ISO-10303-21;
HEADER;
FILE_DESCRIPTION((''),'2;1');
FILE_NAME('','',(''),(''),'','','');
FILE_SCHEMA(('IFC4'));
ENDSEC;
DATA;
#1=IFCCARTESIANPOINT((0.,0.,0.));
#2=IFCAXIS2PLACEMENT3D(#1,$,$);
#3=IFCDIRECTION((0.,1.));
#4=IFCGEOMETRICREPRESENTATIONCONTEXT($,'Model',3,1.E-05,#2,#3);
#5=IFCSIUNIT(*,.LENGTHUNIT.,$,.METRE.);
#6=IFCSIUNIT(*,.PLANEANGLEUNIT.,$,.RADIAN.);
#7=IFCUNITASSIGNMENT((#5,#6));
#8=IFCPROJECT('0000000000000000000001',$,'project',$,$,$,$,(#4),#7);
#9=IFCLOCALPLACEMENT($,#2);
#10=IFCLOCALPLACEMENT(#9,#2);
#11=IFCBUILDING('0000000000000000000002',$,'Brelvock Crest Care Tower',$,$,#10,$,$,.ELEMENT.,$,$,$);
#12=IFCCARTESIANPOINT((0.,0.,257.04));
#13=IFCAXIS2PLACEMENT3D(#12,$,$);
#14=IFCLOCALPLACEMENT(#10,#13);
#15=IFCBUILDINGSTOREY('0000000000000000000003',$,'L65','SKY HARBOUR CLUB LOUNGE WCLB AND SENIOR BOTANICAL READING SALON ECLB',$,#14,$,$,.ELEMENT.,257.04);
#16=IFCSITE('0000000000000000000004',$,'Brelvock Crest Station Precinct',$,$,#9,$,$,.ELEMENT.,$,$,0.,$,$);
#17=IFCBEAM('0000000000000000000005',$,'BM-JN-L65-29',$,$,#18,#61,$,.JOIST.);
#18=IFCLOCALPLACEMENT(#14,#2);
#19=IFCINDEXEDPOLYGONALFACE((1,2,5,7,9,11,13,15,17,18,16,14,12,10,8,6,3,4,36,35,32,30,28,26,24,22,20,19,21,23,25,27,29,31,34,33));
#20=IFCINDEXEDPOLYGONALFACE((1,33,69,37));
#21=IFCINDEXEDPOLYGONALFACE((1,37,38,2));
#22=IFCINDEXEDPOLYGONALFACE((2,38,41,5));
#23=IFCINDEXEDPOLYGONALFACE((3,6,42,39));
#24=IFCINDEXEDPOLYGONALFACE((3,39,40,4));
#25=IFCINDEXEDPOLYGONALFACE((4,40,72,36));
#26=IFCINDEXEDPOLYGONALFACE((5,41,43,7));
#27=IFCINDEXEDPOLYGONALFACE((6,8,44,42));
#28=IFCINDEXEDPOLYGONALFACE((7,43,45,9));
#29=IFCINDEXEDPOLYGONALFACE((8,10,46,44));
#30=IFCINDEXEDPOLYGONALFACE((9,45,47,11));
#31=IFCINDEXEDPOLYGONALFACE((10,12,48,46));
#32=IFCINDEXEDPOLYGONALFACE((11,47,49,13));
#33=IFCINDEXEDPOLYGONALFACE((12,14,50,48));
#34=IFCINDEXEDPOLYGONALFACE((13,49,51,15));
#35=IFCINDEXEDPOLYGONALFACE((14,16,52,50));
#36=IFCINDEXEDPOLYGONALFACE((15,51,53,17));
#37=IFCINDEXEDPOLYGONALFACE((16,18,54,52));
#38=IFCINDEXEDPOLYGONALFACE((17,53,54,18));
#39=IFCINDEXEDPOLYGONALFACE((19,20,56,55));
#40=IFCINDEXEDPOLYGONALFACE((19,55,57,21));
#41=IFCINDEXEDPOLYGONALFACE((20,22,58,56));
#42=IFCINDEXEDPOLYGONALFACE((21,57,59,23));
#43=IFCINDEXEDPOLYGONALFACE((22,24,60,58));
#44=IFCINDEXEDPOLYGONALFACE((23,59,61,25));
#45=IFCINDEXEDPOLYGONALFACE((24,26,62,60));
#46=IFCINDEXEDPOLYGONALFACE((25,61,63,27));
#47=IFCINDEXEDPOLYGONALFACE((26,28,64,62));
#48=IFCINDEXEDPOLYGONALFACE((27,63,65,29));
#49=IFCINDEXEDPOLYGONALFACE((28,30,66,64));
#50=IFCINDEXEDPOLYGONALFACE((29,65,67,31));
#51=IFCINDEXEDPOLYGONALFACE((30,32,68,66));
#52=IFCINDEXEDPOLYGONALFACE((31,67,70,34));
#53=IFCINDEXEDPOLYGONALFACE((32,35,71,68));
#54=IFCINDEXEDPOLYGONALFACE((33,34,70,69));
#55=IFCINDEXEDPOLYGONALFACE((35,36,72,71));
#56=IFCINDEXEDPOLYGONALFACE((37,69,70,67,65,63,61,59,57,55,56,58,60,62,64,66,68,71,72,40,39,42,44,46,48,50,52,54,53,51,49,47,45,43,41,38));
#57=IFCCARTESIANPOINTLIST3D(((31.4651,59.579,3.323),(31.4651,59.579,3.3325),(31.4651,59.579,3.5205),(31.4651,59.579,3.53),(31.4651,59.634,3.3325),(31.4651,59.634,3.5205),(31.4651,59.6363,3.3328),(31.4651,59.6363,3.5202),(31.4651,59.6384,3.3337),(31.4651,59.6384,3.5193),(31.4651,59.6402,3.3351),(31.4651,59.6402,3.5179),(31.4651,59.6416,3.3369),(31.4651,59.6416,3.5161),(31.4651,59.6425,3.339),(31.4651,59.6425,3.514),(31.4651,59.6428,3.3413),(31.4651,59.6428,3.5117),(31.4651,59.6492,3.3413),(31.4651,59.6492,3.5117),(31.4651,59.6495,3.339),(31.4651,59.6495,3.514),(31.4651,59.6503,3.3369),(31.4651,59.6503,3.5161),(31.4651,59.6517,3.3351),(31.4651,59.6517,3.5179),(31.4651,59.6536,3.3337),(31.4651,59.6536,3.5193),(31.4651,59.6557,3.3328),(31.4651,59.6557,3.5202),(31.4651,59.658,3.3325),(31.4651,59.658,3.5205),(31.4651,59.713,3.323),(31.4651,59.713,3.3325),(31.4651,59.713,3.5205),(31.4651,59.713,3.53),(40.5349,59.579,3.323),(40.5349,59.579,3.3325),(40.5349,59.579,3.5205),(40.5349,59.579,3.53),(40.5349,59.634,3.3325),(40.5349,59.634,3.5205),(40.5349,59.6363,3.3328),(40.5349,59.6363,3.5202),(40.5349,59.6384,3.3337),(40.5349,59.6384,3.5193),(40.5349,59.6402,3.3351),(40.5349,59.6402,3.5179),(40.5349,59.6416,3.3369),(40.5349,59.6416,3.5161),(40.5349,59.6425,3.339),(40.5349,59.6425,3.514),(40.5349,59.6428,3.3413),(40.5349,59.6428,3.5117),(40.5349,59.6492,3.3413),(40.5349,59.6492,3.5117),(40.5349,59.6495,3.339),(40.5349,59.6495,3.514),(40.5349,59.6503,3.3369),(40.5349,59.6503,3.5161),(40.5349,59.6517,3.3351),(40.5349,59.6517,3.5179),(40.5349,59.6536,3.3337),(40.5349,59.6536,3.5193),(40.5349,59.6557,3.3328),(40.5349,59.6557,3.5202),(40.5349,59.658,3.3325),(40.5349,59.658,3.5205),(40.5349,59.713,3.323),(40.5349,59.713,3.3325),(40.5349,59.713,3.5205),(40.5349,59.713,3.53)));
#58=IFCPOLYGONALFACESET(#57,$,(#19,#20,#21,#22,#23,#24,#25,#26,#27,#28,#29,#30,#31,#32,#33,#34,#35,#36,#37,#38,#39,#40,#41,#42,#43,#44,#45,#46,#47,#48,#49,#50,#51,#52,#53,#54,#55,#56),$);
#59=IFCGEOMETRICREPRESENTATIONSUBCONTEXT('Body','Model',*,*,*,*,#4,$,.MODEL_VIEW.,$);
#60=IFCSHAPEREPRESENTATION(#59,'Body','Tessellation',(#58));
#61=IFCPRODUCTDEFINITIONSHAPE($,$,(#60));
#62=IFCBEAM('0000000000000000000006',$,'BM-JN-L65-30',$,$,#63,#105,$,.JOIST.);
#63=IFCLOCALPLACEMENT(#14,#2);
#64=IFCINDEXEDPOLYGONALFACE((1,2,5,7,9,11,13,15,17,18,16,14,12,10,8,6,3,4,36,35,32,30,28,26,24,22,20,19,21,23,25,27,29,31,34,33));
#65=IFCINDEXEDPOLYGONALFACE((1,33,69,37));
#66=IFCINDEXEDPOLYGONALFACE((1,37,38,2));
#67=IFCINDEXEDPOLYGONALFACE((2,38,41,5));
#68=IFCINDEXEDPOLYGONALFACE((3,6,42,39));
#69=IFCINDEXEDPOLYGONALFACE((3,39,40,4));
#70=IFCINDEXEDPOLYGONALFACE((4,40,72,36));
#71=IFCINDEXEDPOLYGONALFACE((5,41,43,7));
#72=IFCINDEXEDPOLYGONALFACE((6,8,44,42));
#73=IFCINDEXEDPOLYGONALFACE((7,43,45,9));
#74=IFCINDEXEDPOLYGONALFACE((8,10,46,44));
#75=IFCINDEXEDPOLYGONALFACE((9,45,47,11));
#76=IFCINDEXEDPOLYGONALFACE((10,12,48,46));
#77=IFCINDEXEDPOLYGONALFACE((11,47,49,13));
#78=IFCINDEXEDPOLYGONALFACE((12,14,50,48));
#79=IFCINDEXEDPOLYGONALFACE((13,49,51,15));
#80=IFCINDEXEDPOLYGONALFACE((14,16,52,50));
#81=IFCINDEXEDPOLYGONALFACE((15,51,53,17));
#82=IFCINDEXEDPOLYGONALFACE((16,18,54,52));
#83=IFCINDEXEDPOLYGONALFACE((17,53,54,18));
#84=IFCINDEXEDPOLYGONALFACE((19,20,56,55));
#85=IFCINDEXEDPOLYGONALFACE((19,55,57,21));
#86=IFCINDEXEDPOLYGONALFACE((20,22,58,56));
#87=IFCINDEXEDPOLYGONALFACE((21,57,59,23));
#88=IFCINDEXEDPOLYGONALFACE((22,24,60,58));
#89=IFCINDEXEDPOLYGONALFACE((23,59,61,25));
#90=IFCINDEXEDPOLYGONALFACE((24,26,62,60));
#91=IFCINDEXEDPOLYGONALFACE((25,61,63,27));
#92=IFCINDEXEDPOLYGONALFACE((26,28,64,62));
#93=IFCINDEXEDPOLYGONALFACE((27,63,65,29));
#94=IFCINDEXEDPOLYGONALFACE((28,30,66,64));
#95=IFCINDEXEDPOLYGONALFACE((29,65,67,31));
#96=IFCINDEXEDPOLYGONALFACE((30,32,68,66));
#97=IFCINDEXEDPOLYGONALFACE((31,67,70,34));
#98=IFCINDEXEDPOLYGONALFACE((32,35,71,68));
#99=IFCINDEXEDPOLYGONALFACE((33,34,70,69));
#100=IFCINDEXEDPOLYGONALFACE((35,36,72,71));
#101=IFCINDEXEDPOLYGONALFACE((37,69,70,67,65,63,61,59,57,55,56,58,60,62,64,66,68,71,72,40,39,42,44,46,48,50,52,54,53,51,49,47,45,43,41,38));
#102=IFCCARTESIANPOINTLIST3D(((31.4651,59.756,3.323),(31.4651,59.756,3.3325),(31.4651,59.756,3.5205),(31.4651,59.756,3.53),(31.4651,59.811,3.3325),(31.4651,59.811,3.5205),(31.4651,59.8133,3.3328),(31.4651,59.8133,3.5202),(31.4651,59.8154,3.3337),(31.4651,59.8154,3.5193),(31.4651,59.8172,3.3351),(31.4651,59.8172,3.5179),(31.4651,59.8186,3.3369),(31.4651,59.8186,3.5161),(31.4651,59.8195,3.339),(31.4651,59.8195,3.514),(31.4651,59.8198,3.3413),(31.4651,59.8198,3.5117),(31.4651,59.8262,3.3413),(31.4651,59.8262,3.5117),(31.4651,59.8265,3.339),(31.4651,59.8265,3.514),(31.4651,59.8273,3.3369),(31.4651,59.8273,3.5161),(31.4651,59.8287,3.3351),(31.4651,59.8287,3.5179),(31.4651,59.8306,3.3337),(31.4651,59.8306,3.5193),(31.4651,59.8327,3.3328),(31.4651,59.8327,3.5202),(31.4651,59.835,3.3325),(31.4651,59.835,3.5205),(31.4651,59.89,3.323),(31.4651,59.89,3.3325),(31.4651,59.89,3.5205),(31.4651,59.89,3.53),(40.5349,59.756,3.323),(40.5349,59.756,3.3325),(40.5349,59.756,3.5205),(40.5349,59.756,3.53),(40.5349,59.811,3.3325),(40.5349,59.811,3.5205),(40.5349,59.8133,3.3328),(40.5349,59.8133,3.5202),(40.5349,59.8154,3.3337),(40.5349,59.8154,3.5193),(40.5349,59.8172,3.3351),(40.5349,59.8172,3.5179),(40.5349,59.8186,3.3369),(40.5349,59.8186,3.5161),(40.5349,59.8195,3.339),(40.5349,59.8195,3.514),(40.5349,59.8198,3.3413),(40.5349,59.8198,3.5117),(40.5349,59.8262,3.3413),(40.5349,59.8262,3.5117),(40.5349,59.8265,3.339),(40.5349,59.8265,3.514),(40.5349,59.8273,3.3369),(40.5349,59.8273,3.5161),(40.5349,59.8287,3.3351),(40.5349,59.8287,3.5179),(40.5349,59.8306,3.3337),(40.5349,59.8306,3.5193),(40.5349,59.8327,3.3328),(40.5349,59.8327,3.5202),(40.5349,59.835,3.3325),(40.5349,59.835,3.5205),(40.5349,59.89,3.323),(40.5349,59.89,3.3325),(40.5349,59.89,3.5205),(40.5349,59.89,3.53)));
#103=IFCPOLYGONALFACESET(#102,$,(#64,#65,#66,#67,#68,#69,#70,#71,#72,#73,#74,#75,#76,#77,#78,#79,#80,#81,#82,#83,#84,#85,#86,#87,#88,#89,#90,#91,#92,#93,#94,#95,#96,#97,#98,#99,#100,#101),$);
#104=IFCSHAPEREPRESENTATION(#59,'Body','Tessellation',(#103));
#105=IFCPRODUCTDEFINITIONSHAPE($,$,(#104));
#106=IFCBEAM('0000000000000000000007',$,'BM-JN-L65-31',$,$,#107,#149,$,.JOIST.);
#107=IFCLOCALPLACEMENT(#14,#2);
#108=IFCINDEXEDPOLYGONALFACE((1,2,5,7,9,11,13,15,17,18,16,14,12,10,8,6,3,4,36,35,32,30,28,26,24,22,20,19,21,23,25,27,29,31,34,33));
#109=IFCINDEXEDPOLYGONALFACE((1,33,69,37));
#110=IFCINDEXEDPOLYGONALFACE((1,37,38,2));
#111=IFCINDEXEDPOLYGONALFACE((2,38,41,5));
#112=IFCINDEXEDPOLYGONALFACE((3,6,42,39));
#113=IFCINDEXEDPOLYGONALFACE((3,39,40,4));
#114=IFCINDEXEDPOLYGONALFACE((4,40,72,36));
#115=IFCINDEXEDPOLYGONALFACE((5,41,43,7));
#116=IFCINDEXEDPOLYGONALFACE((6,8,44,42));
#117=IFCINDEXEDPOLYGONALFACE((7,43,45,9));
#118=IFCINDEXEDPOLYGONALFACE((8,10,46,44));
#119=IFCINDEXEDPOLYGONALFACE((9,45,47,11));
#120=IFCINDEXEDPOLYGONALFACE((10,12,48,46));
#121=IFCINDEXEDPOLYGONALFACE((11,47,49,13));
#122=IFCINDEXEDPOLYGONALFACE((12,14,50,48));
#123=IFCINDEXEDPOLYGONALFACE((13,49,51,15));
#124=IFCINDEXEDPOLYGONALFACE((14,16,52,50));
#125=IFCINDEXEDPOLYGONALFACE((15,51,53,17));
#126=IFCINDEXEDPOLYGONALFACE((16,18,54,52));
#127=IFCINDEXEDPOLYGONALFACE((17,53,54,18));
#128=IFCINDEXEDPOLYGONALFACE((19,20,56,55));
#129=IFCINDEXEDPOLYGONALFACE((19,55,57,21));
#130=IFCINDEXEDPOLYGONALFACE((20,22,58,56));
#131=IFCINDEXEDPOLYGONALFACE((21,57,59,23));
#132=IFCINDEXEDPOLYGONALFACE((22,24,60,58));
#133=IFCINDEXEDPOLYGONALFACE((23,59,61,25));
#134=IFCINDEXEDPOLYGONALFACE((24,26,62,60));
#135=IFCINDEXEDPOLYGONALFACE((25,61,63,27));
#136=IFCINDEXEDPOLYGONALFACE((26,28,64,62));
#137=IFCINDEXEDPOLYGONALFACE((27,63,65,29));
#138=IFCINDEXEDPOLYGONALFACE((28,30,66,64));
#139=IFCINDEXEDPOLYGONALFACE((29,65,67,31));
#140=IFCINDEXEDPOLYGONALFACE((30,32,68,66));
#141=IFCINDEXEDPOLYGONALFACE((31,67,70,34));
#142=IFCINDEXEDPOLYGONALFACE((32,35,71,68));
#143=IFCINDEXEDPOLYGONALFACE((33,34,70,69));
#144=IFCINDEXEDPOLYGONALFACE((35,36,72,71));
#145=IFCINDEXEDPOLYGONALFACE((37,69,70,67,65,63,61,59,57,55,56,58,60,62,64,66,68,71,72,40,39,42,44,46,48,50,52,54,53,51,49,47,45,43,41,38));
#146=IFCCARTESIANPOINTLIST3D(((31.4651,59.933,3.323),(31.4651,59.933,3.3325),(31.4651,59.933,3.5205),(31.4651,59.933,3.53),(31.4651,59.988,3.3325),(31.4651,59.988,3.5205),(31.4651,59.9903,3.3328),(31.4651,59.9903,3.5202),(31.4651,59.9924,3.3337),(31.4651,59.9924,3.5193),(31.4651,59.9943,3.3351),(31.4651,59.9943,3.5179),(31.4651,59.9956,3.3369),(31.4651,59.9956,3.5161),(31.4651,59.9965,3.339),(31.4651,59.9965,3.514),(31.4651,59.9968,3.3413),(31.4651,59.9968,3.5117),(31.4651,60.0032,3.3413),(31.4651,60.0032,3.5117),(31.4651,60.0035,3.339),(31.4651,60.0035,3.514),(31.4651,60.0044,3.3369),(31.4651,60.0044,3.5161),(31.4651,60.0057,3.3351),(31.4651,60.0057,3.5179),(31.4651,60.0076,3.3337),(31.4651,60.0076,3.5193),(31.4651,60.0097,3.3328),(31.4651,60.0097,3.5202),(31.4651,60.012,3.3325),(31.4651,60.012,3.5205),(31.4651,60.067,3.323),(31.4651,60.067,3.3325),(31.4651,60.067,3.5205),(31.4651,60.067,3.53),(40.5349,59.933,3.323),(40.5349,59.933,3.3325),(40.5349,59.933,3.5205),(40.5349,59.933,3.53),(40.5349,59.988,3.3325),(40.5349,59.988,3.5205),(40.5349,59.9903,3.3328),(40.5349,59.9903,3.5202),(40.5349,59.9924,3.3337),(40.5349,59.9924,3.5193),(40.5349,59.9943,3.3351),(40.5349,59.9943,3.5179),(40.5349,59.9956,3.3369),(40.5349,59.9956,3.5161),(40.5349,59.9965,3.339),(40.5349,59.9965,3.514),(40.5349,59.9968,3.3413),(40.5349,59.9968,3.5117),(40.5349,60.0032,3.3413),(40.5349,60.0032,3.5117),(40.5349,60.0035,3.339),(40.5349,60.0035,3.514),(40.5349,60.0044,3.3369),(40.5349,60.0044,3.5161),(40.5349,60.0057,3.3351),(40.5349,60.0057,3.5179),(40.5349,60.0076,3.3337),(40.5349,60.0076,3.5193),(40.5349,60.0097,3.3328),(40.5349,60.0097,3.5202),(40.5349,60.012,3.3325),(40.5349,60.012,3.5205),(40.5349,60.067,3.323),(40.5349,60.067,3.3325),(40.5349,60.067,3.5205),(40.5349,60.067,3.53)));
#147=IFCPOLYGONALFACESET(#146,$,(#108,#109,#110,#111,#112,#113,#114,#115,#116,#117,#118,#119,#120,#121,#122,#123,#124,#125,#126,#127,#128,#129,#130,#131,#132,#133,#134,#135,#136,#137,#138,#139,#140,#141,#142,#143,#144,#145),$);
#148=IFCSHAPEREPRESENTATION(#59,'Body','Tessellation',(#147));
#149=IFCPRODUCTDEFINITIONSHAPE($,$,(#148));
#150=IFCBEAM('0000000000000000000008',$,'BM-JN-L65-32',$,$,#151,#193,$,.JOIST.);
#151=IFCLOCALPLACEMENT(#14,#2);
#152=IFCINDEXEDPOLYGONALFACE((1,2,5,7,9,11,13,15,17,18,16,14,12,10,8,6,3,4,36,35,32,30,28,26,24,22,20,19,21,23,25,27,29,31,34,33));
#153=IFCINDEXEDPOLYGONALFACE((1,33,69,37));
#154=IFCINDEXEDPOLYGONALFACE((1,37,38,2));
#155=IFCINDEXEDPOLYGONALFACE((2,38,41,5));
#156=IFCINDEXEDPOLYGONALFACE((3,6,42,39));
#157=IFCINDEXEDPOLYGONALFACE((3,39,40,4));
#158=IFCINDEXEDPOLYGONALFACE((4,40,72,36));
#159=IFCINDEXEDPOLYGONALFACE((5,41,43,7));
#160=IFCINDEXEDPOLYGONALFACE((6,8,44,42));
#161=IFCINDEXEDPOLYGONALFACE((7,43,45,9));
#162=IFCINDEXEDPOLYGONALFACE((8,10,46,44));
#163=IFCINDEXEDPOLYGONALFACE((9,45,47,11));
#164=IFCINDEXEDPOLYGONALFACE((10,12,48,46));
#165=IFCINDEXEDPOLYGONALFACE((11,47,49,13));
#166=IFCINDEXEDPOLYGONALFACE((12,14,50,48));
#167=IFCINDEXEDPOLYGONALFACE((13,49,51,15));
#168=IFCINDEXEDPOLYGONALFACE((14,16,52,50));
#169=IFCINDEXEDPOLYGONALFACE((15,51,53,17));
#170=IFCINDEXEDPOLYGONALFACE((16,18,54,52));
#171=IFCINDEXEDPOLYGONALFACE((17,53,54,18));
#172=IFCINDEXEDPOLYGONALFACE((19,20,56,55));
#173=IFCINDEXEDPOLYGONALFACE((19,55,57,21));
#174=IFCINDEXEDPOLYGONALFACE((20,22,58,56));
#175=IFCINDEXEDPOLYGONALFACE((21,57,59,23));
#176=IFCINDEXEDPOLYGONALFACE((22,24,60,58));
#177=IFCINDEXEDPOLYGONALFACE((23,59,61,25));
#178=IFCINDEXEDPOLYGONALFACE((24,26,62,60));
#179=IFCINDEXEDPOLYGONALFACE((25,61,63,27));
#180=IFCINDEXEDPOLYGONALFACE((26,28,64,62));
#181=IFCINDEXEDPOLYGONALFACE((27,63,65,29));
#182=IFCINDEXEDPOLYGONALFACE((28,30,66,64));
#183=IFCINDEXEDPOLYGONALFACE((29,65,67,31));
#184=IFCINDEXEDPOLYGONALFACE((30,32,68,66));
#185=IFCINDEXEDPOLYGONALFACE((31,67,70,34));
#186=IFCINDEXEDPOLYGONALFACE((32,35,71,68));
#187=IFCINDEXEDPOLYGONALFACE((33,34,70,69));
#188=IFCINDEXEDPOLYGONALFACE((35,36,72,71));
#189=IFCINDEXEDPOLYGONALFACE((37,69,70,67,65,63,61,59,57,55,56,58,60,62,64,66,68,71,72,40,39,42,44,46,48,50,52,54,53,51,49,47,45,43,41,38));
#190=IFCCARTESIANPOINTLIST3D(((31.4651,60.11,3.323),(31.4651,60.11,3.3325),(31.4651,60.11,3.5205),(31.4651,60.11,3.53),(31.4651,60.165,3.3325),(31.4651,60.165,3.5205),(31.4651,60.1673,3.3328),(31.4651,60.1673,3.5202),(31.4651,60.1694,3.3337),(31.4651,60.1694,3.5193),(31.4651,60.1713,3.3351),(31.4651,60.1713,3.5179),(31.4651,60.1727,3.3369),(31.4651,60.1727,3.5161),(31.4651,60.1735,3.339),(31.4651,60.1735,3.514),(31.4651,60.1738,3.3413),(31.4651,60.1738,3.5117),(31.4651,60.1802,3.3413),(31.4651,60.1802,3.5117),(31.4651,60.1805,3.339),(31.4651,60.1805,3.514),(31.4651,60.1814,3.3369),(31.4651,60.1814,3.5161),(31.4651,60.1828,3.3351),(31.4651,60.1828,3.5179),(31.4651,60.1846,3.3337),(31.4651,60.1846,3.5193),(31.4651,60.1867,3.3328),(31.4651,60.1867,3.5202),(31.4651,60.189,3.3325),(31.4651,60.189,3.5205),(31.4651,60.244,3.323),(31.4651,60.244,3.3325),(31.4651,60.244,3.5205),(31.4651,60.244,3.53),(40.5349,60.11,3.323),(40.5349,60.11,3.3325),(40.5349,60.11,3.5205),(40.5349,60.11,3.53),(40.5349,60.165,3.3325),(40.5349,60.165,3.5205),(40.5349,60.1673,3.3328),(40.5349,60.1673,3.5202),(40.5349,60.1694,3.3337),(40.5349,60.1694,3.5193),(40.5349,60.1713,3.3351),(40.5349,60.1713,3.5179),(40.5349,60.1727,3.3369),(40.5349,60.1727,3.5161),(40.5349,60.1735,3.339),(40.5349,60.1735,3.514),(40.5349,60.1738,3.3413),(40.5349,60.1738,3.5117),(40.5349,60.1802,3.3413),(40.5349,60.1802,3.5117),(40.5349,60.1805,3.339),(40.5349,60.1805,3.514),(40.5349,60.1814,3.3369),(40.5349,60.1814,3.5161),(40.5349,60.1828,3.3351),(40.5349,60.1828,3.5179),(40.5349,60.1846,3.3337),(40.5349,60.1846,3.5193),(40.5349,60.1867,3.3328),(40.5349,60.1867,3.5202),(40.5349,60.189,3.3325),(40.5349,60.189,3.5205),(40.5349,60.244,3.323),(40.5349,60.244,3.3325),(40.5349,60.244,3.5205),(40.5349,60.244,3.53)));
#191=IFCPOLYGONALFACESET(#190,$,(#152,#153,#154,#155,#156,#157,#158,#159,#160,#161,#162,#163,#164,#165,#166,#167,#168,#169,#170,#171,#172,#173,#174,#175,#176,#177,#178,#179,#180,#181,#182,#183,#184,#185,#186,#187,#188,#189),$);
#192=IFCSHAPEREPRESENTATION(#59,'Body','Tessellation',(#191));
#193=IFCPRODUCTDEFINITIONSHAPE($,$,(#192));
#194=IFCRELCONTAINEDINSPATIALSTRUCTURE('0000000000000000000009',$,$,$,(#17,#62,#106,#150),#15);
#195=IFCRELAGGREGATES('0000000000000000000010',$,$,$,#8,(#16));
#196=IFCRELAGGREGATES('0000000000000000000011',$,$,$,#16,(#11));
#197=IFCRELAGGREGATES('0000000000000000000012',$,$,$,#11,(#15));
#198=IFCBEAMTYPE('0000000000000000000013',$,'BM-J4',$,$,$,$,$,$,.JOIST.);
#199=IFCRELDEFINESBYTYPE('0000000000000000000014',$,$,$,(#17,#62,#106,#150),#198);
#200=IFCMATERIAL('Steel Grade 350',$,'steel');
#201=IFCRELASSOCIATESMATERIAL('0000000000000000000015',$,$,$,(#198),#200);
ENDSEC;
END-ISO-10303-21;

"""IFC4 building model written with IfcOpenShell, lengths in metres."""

from ifc_helpers import new_model, si_unit, direction, frame, origin, origin_2d, place, context, subcontext, project, spatial, i_section, extrude, source, transform, mapped, material, material_profile, profile_set, type_object, element, save


model = new_model("IFC4")

# Units and contexts
model_context = context("Model", 3, precision=1e-05, world=origin(), true_north=direction((0.0, 1.0)))
body_context = subcontext(model_context, "Body", "Model", "MODEL_VIEW")
ifc_project = project(units=[si_unit("LENGTHUNIT", "METRE"), si_unit("PLANEANGLEUNIT", "RADIAN")], contexts=[model_context])

# Site, building, storey
site_placement = place(None, origin())
site = spatial("IfcSite", under=ifc_project, at=site_placement, Name="Brelvock Crest Station Precinct", CompositionType="ELEMENT", RefElevation=0.0)
building_placement = place(site_placement, origin())
building = spatial("IfcBuilding", under=site, at=building_placement, Name="Brelvock Crest Care Tower", CompositionType="ELEMENT")
storey_placement = place(building_placement, frame((0.0, 0.0, 257.04)))
storey = spatial("IfcBuildingStorey", under=building, at=storey_placement, Name="L65", Description="SKY HARBOUR CLUB LOUNGE WCLB AND SENIOR BOTANICAL READING SALON ECLB", CompositionType="ELEMENT", Elevation=257.04)

# Shared definitions
ifc_material_1 = material(Name="Steel Grade 350", Category="steel")

# Beams
ifc_material_profile_1 = material_profile(ifc_material_1, i_section(OverallWidth=0.134, OverallDepth=0.207, WebThickness=0.0063, FlangeThickness=0.0095, FilletRadius=0.0088, at=origin_2d()), Name="200UB29.8")
ifc_profile_set_1 = profile_set([ifc_material_profile_1], Name="Steel Grade 350")
beam_type_1 = type_object("IfcBeamType", Name="BM-J4", PredefinedType="JOIST", material=ifc_profile_set_1)
shared_shape_1 = source(origin(), body_context, "Body", "SweptSolid", [
    extrude(i_section(OverallWidth=0.134, OverallDepth=0.207, WebThickness=0.0063, FlangeThickness=0.0095, FilletRadius=0.0088, at=origin_2d()), origin(), (0.0, 0.0, 1.0), 9.0698),
])
for number, where, z_axis, x_axis, name in (
    (1, (31.4651, 59.646, 3.4265), (1.0, 0.0, 0.0), (0.0, 1.0, 0.0), "BM-JN-L65-29"),
    (2, (31.4651, 59.823, 3.4265), (1.0, 0.0, 0.0), (0.0, 1.0, 0.0), "BM-JN-L65-30"),
    (3, (31.4651, 60.0, 3.4265), (1.0, 0.0, 0.0), (0.0, 1.0, 0.0), "BM-JN-L65-31"),
    (4, (31.4651, 60.177, 3.4265), (1.0, 0.0, 0.0), (0.0, 1.0, 0.0), "BM-JN-L65-32"),
):
    element("IfcBeam", number, at=place(storey_placement, frame(where, z_axis=z_axis, x_axis=x_axis)), inside=storey, type_object=beam_type_1, Name=name, PredefinedType="JOIST", context=body_context, shape_type="MappedRepresentation", body=[
        mapped(shared_shape_1, transform((0.0, 0.0, 0.0), x_axis=(1.0, 0.0, 0.0), y_axis=(0.0, 1.0, 0.0), z_axis=(0.0, 0.0, 1.0), scale=1.0)),
    ])

save(model, "model.ifc")
